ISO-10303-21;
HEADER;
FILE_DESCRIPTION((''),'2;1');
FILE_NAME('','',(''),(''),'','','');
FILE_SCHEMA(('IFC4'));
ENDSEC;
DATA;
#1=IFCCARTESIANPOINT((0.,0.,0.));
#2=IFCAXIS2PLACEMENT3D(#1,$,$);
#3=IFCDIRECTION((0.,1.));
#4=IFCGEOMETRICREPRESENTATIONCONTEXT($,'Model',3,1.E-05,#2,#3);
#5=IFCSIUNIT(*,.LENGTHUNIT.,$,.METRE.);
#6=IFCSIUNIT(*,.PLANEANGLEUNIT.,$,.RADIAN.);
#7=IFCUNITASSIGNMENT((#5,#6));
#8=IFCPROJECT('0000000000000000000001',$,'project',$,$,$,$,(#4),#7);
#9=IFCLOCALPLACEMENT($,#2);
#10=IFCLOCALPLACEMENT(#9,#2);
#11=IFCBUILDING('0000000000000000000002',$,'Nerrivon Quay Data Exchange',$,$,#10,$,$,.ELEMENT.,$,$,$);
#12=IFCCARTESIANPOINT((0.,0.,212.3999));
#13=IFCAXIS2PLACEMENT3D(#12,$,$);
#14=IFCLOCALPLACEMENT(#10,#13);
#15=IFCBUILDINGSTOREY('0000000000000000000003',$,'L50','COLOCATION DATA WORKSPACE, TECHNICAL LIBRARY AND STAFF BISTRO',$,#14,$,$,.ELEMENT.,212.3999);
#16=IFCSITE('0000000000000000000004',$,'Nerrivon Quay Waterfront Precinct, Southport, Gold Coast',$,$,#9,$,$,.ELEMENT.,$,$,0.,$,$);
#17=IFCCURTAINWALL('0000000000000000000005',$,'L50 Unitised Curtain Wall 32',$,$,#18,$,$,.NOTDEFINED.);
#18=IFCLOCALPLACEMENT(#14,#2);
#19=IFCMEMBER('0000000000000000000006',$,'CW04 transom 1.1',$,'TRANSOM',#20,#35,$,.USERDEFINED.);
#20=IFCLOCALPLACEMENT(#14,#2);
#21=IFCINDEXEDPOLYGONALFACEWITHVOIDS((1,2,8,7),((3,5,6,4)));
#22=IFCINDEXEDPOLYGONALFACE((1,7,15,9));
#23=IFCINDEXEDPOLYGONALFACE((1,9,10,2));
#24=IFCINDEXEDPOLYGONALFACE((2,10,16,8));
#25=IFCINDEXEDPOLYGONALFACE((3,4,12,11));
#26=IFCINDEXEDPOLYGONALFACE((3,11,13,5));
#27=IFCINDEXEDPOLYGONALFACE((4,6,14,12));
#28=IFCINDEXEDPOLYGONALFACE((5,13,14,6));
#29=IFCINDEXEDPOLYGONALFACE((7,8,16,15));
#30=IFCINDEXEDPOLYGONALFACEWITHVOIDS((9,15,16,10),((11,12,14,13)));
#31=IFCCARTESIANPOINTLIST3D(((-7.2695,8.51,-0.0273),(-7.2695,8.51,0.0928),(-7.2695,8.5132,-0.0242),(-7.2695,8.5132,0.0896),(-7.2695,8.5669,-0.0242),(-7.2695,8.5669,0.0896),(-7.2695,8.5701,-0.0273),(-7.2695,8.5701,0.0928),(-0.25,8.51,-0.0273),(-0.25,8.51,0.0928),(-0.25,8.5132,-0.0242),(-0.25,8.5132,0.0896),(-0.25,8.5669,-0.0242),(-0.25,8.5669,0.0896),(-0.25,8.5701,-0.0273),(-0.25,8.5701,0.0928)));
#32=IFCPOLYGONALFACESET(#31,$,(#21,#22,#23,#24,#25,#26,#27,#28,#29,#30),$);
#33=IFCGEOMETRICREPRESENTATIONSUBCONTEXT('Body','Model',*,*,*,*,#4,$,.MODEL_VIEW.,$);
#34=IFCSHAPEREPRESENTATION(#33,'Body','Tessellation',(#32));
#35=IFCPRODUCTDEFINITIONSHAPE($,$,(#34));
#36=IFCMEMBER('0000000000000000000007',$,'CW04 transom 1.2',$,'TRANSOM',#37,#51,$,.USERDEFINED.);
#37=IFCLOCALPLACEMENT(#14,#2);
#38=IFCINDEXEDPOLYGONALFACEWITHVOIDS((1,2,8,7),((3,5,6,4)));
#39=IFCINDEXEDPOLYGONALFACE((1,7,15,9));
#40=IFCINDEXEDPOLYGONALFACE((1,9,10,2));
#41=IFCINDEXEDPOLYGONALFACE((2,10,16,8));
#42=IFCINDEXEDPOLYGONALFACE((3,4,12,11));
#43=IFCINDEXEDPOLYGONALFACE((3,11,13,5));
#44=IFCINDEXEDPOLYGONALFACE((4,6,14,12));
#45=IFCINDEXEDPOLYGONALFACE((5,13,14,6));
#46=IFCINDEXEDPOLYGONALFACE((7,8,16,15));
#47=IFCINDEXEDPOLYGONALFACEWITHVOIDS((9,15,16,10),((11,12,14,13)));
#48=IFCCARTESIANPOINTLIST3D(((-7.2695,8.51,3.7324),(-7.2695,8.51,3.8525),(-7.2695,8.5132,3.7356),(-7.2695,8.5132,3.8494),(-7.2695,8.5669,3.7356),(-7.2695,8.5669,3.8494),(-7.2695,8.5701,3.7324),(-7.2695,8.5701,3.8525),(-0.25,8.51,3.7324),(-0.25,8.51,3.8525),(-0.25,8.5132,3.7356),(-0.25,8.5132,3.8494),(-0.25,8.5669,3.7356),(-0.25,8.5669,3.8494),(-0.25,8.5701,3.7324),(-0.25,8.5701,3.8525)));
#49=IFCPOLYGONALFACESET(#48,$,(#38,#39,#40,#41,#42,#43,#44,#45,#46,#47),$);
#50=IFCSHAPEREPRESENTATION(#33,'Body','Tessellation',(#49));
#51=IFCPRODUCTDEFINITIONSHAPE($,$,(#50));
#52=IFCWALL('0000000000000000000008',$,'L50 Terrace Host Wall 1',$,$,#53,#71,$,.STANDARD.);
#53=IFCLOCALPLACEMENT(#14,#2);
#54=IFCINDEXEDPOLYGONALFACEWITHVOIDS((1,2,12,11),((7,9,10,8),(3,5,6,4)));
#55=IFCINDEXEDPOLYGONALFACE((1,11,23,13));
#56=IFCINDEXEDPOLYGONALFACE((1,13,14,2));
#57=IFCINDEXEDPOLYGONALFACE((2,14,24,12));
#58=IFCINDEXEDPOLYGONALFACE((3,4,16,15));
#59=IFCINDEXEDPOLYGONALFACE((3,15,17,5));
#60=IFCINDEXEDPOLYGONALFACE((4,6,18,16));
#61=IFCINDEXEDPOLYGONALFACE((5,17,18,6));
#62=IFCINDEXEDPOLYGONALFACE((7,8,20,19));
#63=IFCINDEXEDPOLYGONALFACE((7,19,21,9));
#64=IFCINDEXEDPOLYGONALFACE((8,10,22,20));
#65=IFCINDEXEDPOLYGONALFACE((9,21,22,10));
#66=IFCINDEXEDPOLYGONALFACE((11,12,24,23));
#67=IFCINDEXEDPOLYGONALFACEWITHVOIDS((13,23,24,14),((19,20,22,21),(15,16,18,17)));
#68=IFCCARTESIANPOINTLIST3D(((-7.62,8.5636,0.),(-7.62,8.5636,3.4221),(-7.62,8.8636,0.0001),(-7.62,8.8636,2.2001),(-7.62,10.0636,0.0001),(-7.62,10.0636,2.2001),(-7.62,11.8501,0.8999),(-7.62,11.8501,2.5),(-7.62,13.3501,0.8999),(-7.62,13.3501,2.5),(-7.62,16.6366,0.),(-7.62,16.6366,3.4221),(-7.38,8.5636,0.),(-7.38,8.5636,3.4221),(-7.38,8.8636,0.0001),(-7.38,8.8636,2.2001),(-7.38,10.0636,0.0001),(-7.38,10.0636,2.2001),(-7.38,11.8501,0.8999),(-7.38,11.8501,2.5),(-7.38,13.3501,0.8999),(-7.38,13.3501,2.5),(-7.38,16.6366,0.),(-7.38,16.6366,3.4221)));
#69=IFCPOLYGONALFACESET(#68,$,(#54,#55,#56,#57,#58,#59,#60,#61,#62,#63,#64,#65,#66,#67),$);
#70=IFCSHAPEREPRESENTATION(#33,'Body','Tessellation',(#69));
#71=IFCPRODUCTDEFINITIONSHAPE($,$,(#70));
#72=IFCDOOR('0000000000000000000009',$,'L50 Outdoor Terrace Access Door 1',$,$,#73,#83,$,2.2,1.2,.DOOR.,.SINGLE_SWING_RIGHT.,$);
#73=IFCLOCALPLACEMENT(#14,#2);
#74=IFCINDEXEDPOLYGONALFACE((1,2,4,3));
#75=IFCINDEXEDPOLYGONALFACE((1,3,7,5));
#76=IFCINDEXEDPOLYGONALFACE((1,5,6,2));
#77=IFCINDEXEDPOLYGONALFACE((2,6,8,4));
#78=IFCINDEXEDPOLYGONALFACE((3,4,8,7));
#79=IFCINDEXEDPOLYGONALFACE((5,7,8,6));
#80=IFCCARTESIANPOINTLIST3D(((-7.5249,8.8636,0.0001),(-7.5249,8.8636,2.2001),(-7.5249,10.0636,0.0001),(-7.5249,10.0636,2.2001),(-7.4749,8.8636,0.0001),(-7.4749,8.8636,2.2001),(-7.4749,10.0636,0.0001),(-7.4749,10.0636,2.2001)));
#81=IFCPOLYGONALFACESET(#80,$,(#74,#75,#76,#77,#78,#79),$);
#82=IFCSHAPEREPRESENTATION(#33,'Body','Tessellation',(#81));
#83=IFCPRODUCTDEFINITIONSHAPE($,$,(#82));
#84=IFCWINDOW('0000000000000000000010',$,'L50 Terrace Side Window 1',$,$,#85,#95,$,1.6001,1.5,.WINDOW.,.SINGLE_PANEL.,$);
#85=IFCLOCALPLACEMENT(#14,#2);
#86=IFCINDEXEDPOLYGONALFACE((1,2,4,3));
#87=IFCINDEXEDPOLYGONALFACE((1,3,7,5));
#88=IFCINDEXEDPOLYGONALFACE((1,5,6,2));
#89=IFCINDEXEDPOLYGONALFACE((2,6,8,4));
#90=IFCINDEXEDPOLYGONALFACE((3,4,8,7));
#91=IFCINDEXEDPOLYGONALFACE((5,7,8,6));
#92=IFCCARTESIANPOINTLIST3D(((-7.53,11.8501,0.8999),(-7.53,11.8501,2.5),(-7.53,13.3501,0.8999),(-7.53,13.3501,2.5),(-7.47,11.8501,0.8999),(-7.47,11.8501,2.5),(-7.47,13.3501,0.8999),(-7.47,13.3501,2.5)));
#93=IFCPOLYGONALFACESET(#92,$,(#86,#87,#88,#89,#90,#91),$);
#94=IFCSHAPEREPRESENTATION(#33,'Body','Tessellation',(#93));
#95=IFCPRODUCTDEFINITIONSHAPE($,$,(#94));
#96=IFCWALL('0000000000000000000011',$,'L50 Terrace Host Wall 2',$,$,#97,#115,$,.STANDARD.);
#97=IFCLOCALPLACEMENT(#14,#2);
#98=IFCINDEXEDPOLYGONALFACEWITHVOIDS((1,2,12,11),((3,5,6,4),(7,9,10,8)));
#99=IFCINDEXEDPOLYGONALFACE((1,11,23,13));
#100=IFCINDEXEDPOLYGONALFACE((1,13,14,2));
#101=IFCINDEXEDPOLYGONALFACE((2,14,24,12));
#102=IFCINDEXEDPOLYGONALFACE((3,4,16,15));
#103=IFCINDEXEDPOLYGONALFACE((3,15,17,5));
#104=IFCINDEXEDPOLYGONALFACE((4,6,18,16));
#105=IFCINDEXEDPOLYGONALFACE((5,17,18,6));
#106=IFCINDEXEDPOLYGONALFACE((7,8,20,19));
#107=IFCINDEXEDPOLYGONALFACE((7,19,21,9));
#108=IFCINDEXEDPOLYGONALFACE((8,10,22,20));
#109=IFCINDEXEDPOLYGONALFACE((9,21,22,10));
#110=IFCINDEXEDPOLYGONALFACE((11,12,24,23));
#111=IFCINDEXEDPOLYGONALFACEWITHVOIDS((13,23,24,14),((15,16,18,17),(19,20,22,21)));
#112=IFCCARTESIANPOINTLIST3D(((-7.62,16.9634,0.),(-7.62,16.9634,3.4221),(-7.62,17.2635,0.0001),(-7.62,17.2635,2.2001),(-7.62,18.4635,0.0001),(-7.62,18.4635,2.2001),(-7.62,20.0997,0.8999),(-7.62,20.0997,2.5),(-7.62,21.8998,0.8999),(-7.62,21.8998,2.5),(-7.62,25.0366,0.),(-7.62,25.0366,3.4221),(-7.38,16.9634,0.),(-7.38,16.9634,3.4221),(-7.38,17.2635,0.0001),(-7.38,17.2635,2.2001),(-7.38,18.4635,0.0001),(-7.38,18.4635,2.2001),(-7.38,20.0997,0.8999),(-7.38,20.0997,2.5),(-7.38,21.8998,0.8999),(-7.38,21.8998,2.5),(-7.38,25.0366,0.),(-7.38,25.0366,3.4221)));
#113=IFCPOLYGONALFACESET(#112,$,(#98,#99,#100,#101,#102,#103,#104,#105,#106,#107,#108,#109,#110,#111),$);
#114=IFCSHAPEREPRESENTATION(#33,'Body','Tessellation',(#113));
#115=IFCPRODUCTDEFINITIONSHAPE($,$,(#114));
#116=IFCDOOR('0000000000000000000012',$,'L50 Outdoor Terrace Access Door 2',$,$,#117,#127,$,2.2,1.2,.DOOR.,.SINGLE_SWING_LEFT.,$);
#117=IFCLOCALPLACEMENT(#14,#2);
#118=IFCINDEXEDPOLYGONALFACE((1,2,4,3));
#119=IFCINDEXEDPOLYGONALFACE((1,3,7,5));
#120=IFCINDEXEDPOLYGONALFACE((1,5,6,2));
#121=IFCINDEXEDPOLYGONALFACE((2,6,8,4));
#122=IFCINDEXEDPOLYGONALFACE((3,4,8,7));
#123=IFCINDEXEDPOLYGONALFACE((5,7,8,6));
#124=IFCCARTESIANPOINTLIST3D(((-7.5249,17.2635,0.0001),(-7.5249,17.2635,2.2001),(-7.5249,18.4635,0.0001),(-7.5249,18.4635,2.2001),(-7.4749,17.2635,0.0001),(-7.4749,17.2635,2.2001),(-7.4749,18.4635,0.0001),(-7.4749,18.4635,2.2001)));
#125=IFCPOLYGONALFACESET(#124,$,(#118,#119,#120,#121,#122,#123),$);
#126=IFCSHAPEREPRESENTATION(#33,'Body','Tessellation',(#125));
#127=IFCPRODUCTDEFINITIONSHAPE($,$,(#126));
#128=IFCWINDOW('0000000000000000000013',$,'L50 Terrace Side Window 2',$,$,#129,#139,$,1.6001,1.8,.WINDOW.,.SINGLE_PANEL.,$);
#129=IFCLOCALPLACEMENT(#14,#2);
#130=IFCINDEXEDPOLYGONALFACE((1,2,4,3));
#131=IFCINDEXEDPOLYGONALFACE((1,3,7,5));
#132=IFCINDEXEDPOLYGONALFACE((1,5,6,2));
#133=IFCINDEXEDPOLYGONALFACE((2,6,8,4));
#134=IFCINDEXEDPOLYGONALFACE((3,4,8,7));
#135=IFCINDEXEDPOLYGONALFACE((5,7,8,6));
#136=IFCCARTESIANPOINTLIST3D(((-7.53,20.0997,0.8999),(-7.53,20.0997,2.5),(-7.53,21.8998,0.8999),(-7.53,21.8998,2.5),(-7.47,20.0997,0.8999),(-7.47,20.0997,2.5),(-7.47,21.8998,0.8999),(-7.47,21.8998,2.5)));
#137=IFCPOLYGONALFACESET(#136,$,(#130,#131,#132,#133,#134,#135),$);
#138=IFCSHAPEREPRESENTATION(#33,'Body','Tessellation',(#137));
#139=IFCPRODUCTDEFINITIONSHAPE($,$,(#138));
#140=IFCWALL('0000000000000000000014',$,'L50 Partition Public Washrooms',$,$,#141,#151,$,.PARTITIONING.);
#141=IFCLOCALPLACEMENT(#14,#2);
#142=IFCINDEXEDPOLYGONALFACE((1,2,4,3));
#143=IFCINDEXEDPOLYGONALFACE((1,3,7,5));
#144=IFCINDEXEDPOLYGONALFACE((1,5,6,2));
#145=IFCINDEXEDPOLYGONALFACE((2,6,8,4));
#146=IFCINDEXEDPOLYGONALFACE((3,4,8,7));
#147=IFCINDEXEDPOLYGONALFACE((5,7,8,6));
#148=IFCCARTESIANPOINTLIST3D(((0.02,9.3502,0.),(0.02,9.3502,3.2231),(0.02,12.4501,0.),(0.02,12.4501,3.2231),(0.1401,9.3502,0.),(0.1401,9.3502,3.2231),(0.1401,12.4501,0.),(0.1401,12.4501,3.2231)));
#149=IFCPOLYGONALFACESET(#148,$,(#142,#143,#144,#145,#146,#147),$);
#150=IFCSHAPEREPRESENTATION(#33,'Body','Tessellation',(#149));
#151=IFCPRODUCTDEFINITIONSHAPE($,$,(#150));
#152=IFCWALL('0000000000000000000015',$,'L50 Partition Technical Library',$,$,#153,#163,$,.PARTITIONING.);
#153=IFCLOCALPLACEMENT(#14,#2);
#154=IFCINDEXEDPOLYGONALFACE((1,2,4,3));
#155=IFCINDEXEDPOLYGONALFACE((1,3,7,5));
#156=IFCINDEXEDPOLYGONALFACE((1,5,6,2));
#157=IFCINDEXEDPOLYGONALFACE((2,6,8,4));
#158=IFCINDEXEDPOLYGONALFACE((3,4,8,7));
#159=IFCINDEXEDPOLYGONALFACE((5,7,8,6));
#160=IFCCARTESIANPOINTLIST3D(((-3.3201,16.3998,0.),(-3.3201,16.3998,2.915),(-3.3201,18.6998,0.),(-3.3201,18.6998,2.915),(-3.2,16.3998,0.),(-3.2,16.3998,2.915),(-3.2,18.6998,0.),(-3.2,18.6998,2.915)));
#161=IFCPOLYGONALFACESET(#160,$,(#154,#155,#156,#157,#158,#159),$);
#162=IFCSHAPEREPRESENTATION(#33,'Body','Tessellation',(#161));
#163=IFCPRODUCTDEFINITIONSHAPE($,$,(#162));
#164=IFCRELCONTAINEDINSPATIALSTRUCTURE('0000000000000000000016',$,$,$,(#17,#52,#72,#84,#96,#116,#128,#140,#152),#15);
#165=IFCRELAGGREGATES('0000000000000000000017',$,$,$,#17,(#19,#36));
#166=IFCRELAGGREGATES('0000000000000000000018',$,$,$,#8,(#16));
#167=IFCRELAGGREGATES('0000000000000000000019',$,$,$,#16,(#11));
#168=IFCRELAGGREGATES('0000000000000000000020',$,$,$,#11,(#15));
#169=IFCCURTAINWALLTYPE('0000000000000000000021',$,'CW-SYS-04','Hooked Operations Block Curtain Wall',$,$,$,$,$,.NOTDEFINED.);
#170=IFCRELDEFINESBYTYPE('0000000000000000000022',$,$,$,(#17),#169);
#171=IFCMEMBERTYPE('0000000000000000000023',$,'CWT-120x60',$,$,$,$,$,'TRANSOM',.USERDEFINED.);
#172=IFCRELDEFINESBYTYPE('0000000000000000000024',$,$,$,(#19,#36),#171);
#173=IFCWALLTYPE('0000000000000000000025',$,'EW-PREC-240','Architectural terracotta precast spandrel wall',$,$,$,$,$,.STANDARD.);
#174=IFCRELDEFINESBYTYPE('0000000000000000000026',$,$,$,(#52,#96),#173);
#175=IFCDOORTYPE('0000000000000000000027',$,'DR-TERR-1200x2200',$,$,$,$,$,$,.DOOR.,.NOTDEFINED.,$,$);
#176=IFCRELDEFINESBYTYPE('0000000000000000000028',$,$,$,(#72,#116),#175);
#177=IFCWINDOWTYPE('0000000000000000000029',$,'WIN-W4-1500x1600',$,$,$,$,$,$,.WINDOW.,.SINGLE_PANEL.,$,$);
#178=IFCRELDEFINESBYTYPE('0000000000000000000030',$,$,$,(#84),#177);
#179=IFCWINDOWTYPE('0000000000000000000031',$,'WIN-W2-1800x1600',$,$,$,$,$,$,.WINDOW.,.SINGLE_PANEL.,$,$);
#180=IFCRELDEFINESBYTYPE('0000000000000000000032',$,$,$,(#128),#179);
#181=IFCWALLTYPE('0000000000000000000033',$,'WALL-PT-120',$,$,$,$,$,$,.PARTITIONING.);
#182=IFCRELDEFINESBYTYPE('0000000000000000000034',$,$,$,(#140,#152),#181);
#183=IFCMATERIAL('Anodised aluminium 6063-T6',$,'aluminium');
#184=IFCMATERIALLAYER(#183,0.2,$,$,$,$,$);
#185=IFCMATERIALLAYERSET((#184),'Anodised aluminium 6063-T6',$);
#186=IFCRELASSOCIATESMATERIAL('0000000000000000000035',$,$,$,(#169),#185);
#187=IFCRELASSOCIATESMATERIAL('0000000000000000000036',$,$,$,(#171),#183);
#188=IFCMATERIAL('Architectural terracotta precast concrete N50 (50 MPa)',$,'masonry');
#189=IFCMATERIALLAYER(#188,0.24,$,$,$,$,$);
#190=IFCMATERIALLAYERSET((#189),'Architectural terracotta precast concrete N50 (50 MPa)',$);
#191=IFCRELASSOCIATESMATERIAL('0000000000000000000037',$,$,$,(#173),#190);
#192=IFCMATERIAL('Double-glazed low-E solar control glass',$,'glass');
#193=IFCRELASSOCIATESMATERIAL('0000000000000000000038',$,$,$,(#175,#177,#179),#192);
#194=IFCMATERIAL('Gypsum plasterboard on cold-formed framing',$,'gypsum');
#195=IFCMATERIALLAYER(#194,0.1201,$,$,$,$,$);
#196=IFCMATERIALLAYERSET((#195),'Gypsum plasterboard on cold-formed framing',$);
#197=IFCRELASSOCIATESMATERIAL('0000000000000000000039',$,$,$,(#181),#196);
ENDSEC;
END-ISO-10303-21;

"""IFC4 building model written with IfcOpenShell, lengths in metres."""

from ifc_helpers import new_model, si_unit, direction, frame, frame_2d, origin, origin_2d, place, context, subcontext, project, spatial, rectangle, hollow_rectangle, extrude, material, layer, layer_set, material_profile, profile_set, type_object, element, fill, aggregate, save


model = new_model("IFC4")

# Units and contexts
model_context = context("Model", 3, precision=1e-05, world=origin(), true_north=direction((0.0, 1.0)))
body_context = subcontext(model_context, "Body", "Model", "MODEL_VIEW")
ifc_project = project(units=[si_unit("LENGTHUNIT", "METRE"), si_unit("PLANEANGLEUNIT", "RADIAN")], contexts=[model_context])

# Site, building, storey
site_placement = place(None, origin())
site = spatial("IfcSite", under=ifc_project, at=site_placement, Name="Nerrivon Quay Waterfront Precinct, Southport, Gold Coast", CompositionType="ELEMENT", RefElevation=0.0)
building_placement = place(site_placement, origin())
building = spatial("IfcBuilding", under=site, at=building_placement, Name="Nerrivon Quay Data Exchange", CompositionType="ELEMENT")
storey_placement = place(building_placement, frame((0.0, 0.0, 212.3999)))
storey = spatial("IfcBuildingStorey", under=building, at=storey_placement, Name="L50", Description="COLOCATION DATA WORKSPACE, TECHNICAL LIBRARY AND STAFF BISTRO", CompositionType="ELEMENT", Elevation=212.3999)

# Shared definitions
ifc_material_1 = material(Name="Anodised aluminium 6063-T6", Category="aluminium")
ifc_layer_1 = layer(ifc_material_1, 0.2)
ifc_layer_set_1 = layer_set([ifc_layer_1], Name="Anodised aluminium 6063-T6")
curtain_wall_type = type_object("IfcCurtainWallType", Name="CW-SYS-04", Description="Hooked Operations Block Curtain Wall", PredefinedType="NOTDEFINED", material=ifc_layer_set_1)

# Curtain wall, members
curtain_wall_1_placement = place(storey_placement, origin())
curtain_wall_1 = element("IfcCurtainWall", 1, at=curtain_wall_1_placement, inside=storey, type_object=curtain_wall_type, Name="L50 Unitised Curtain Wall 32", PredefinedType="NOTDEFINED")
ifc_material_profile_1 = material_profile(ifc_material_1, hollow_rectangle(XDim=0.0601, YDim=0.1201, WallThickness=0.0032, at=origin_2d()), Name="ALU-TRAN-120x60")
ifc_profile_set_1 = profile_set([ifc_material_profile_1], Name="Anodised aluminium 6063-T6")
member_type_1 = type_object("IfcMemberType", Name="CWT-120x60", ElementType="TRANSOM", PredefinedType="USERDEFINED", material=ifc_profile_set_1)
member_1_placement = place(storey_placement, frame((-0.25, 8.54, 0.0327), z_axis=(-1.0, 0.0, 0.0), x_axis=(0.0, -1.0, 0.0)))
member_1 = element("IfcMember", 2, at=member_1_placement, type_object=member_type_1, Name="CW04 transom 1.1", ObjectType="TRANSOM", PredefinedType="USERDEFINED", context=body_context, shape_type="SweptSolid", body=[
    extrude(hollow_rectangle(XDim=0.0601, YDim=0.1201, WallThickness=0.0032, at=origin_2d()), origin(), (0.0, 0.0, 1.0), 7.0195),
])
member_2_placement = place(storey_placement, frame((-0.25, 8.54, 3.7925), z_axis=(-1.0, 0.0, 0.0), x_axis=(0.0, -1.0, 0.0)))
member_2 = element("IfcMember", 3, at=member_2_placement, type_object=member_type_1, Name="CW04 transom 1.2", ObjectType="TRANSOM", PredefinedType="USERDEFINED", context=body_context, shape_type="SweptSolid", body=[
    extrude(hollow_rectangle(XDim=0.0601, YDim=0.1201, WallThickness=0.0032, at=origin_2d()), origin(), (0.0, 0.0, 1.0), 7.0195),
])
aggregate(curtain_wall_1, [member_1, member_2])

# Walls, openings, doors, windows
ifc_material_2 = material(Name="Architectural terracotta precast concrete N50 (50 MPa)", Category="masonry")
ifc_layer_2 = layer(ifc_material_2, 0.24)
ifc_layer_set_2 = layer_set([ifc_layer_2], Name="Architectural terracotta precast concrete N50 (50 MPa)")
wall_type_1 = type_object("IfcWallType", Name="EW-PREC-240", Description="Architectural terracotta precast spandrel wall", PredefinedType="STANDARD", material=ifc_layer_set_2)
wall_1_placement = place(storey_placement, frame((-7.5, 8.5635, 0.0), z_axis=(0.0, 0.0, 1.0), x_axis=(0.0, 1.0, 0.0)))
wall_1 = element("IfcWall", 4, at=wall_1_placement, inside=storey, type_object=wall_type_1, Name="L50 Terrace Host Wall 1", PredefinedType="STANDARD", context=body_context, shape_type="SweptSolid", body=[
    extrude(rectangle(XDim=8.073, YDim=0.24, at=frame_2d((4.0366, 0.0))), origin(), (0.0, 0.0, 1.0), 3.4221),
])
opening_1_placement = place(wall_1_placement, frame((0.3, 0.0, 0.0)))
opening_1 = element("IfcOpeningElement", 5, at=opening_1_placement, cuts=wall_1, PredefinedType="OPENING", context=body_context, shape_type="SweptSolid", body=[
    extrude(rectangle(XDim=1.2, YDim=2.2, at=frame_2d((0.6001, 1.1001))), frame((0.0, 0.1299, 0.0), z_axis=(0.0, -1.0, 0.0), x_axis=(1.0, 0.0, 0.0)), (0.0, 0.0, 1.0), 0.26),
])
opening_2_placement = place(wall_1_placement, frame((3.2866, 0.0, 0.8999)))
opening_2 = element("IfcOpeningElement", 6, at=opening_2_placement, cuts=wall_1, PredefinedType="OPENING", context=body_context, shape_type="SweptSolid", body=[
    extrude(rectangle(XDim=1.5, YDim=1.6001, at=frame_2d((0.75, 0.8))), frame((0.0, 0.1299, 0.0), z_axis=(0.0, -1.0, 0.0), x_axis=(1.0, 0.0, 0.0)), (0.0, 0.0, 1.0), 0.26),
])
ifc_material_3 = material(Name="Double-glazed low-E solar control glass", Category="glass")
door_type = type_object("IfcDoorType", Name="DR-TERR-1200x2200", OperationType="NOTDEFINED", PredefinedType="DOOR", material=ifc_material_3)
door_1_placement = place(opening_1_placement, origin())
door_1 = element("IfcDoor", 7, at=door_1_placement, inside=storey, type_object=door_type, Name="L50 Outdoor Terrace Access Door 1", OperationType="SINGLE_SWING_RIGHT", OverallHeight=2.2, OverallWidth=1.2, PredefinedType="DOOR", context=body_context, shape_type="SweptSolid", body=[
    extrude(rectangle(XDim=1.2, YDim=2.2, at=frame_2d((0.6001, 1.1001))), frame((0.0, 0.0249, 0.0), z_axis=(0.0, -1.0, 0.0), x_axis=(1.0, 0.0, 0.0)), (0.0, 0.0, 1.0), 0.05),
])
fill(opening_1, door_1)
window_type_1 = type_object("IfcWindowType", Name="WIN-W4-1500x1600", PartitioningType="SINGLE_PANEL", PredefinedType="WINDOW", material=ifc_material_3)
window_1_placement = place(opening_2_placement, origin())
window_1 = element("IfcWindow", 8, at=window_1_placement, inside=storey, type_object=window_type_1, Name="L50 Terrace Side Window 1", OverallHeight=1.6001, OverallWidth=1.5, PartitioningType="SINGLE_PANEL", PredefinedType="WINDOW", context=body_context, shape_type="SweptSolid", body=[
    extrude(rectangle(XDim=1.5, YDim=1.6001, at=frame_2d((0.75, 0.8))), frame((0.0, 0.03, 0.0), z_axis=(0.0, -1.0, 0.0), x_axis=(1.0, 0.0, 0.0)), (0.0, 0.0, 1.0), 0.0601),
])
fill(opening_2, window_1)
wall_2_placement = place(storey_placement, frame((-7.5, 16.9634, 0.0), z_axis=(0.0, 0.0, 1.0), x_axis=(0.0, 1.0, 0.0)))
wall_2 = element("IfcWall", 9, at=wall_2_placement, inside=storey, type_object=wall_type_1, Name="L50 Terrace Host Wall 2", PredefinedType="STANDARD", context=body_context, shape_type="SweptSolid", body=[
    extrude(rectangle(XDim=8.0732, YDim=0.24, at=frame_2d((4.0366, 0.0))), origin(), (0.0, 0.0, 1.0), 3.4221),
])
opening_3_placement = place(wall_2_placement, frame((0.3, 0.0, 0.0)))
opening_3 = element("IfcOpeningElement", 10, at=opening_3_placement, cuts=wall_2, PredefinedType="OPENING", context=body_context, shape_type="SweptSolid", body=[
    extrude(rectangle(XDim=1.2, YDim=2.2, at=frame_2d((0.6001, 1.1001))), frame((0.0, 0.1299, 0.0), z_axis=(0.0, -1.0, 0.0), x_axis=(1.0, 0.0, 0.0)), (0.0, 0.0, 1.0), 0.26),
])
opening_4_placement = place(wall_2_placement, frame((3.1365, 0.0, 0.8999)))
opening_4 = element("IfcOpeningElement", 11, at=opening_4_placement, cuts=wall_2, PredefinedType="OPENING", context=body_context, shape_type="SweptSolid", body=[
    extrude(rectangle(XDim=1.8, YDim=1.6001, at=frame_2d((0.8999, 0.8))), frame((0.0, 0.1299, 0.0), z_axis=(0.0, -1.0, 0.0), x_axis=(1.0, 0.0, 0.0)), (0.0, 0.0, 1.0), 0.26),
])
door_2_placement = place(opening_3_placement, origin())
door_2 = element("IfcDoor", 12, at=door_2_placement, inside=storey, type_object=door_type, Name="L50 Outdoor Terrace Access Door 2", OperationType="SINGLE_SWING_LEFT", OverallHeight=2.2, OverallWidth=1.2, PredefinedType="DOOR", context=body_context, shape_type="SweptSolid", body=[
    extrude(rectangle(XDim=1.2, YDim=2.2, at=frame_2d((0.6001, 1.1001))), frame((0.0, 0.0249, 0.0), z_axis=(0.0, -1.0, 0.0), x_axis=(1.0, 0.0, 0.0)), (0.0, 0.0, 1.0), 0.05),
])
fill(opening_3, door_2)
window_type_2 = type_object("IfcWindowType", Name="WIN-W2-1800x1600", PartitioningType="SINGLE_PANEL", PredefinedType="WINDOW", material=ifc_material_3)
window_2_placement = place(opening_4_placement, origin())
window_2 = element("IfcWindow", 13, at=window_2_placement, inside=storey, type_object=window_type_2, Name="L50 Terrace Side Window 2", OverallHeight=1.6001, OverallWidth=1.8, PartitioningType="SINGLE_PANEL", PredefinedType="WINDOW", context=body_context, shape_type="SweptSolid", body=[
    extrude(rectangle(XDim=1.8, YDim=1.6001, at=frame_2d((0.8999, 0.8))), frame((0.0, 0.03, 0.0), z_axis=(0.0, -1.0, 0.0), x_axis=(1.0, 0.0, 0.0)), (0.0, 0.0, 1.0), 0.0601),
])
fill(opening_4, window_2)

# Walls
ifc_material_4 = material(Name="Gypsum plasterboard on cold-formed framing", Category="gypsum")
ifc_layer_3 = layer(ifc_material_4, 0.1201)
ifc_layer_set_3 = layer_set([ifc_layer_3], Name="Gypsum plasterboard on cold-formed framing")
wall_type_2 = type_object("IfcWallType", Name="WALL-PT-120", PredefinedType="PARTITIONING", material=ifc_layer_set_3)
wall_3_placement = place(storey_placement, frame((0.0801, 12.45, 0.0), z_axis=(0.0, 0.0, 1.0), x_axis=(0.0, -1.0, 0.0)))
element("IfcWall", 14, at=wall_3_placement, inside=storey, type_object=wall_type_2, Name="L50 Partition Public Washrooms", PredefinedType="PARTITIONING", context=body_context, shape_type="SweptSolid", body=[
    extrude(rectangle(XDim=3.0999, YDim=0.1201, at=frame_2d((1.5498, 0.0))), origin(), (0.0, 0.0, 1.0), 3.2231),
])
wall_4_placement = place(storey_placement, frame((-3.26, 16.3999, 0.0), z_axis=(0.0, 0.0, 1.0), x_axis=(0.0, 1.0, 0.0)))
element("IfcWall", 15, at=wall_4_placement, inside=storey, type_object=wall_type_2, Name="L50 Partition Technical Library", PredefinedType="PARTITIONING", context=body_context, shape_type="SweptSolid", body=[
    extrude(rectangle(XDim=2.3, YDim=0.1201, at=frame_2d((1.1499, 0.0))), origin(), (0.0, 0.0, 1.0), 2.915),
])

save(model, "model.ifc")
